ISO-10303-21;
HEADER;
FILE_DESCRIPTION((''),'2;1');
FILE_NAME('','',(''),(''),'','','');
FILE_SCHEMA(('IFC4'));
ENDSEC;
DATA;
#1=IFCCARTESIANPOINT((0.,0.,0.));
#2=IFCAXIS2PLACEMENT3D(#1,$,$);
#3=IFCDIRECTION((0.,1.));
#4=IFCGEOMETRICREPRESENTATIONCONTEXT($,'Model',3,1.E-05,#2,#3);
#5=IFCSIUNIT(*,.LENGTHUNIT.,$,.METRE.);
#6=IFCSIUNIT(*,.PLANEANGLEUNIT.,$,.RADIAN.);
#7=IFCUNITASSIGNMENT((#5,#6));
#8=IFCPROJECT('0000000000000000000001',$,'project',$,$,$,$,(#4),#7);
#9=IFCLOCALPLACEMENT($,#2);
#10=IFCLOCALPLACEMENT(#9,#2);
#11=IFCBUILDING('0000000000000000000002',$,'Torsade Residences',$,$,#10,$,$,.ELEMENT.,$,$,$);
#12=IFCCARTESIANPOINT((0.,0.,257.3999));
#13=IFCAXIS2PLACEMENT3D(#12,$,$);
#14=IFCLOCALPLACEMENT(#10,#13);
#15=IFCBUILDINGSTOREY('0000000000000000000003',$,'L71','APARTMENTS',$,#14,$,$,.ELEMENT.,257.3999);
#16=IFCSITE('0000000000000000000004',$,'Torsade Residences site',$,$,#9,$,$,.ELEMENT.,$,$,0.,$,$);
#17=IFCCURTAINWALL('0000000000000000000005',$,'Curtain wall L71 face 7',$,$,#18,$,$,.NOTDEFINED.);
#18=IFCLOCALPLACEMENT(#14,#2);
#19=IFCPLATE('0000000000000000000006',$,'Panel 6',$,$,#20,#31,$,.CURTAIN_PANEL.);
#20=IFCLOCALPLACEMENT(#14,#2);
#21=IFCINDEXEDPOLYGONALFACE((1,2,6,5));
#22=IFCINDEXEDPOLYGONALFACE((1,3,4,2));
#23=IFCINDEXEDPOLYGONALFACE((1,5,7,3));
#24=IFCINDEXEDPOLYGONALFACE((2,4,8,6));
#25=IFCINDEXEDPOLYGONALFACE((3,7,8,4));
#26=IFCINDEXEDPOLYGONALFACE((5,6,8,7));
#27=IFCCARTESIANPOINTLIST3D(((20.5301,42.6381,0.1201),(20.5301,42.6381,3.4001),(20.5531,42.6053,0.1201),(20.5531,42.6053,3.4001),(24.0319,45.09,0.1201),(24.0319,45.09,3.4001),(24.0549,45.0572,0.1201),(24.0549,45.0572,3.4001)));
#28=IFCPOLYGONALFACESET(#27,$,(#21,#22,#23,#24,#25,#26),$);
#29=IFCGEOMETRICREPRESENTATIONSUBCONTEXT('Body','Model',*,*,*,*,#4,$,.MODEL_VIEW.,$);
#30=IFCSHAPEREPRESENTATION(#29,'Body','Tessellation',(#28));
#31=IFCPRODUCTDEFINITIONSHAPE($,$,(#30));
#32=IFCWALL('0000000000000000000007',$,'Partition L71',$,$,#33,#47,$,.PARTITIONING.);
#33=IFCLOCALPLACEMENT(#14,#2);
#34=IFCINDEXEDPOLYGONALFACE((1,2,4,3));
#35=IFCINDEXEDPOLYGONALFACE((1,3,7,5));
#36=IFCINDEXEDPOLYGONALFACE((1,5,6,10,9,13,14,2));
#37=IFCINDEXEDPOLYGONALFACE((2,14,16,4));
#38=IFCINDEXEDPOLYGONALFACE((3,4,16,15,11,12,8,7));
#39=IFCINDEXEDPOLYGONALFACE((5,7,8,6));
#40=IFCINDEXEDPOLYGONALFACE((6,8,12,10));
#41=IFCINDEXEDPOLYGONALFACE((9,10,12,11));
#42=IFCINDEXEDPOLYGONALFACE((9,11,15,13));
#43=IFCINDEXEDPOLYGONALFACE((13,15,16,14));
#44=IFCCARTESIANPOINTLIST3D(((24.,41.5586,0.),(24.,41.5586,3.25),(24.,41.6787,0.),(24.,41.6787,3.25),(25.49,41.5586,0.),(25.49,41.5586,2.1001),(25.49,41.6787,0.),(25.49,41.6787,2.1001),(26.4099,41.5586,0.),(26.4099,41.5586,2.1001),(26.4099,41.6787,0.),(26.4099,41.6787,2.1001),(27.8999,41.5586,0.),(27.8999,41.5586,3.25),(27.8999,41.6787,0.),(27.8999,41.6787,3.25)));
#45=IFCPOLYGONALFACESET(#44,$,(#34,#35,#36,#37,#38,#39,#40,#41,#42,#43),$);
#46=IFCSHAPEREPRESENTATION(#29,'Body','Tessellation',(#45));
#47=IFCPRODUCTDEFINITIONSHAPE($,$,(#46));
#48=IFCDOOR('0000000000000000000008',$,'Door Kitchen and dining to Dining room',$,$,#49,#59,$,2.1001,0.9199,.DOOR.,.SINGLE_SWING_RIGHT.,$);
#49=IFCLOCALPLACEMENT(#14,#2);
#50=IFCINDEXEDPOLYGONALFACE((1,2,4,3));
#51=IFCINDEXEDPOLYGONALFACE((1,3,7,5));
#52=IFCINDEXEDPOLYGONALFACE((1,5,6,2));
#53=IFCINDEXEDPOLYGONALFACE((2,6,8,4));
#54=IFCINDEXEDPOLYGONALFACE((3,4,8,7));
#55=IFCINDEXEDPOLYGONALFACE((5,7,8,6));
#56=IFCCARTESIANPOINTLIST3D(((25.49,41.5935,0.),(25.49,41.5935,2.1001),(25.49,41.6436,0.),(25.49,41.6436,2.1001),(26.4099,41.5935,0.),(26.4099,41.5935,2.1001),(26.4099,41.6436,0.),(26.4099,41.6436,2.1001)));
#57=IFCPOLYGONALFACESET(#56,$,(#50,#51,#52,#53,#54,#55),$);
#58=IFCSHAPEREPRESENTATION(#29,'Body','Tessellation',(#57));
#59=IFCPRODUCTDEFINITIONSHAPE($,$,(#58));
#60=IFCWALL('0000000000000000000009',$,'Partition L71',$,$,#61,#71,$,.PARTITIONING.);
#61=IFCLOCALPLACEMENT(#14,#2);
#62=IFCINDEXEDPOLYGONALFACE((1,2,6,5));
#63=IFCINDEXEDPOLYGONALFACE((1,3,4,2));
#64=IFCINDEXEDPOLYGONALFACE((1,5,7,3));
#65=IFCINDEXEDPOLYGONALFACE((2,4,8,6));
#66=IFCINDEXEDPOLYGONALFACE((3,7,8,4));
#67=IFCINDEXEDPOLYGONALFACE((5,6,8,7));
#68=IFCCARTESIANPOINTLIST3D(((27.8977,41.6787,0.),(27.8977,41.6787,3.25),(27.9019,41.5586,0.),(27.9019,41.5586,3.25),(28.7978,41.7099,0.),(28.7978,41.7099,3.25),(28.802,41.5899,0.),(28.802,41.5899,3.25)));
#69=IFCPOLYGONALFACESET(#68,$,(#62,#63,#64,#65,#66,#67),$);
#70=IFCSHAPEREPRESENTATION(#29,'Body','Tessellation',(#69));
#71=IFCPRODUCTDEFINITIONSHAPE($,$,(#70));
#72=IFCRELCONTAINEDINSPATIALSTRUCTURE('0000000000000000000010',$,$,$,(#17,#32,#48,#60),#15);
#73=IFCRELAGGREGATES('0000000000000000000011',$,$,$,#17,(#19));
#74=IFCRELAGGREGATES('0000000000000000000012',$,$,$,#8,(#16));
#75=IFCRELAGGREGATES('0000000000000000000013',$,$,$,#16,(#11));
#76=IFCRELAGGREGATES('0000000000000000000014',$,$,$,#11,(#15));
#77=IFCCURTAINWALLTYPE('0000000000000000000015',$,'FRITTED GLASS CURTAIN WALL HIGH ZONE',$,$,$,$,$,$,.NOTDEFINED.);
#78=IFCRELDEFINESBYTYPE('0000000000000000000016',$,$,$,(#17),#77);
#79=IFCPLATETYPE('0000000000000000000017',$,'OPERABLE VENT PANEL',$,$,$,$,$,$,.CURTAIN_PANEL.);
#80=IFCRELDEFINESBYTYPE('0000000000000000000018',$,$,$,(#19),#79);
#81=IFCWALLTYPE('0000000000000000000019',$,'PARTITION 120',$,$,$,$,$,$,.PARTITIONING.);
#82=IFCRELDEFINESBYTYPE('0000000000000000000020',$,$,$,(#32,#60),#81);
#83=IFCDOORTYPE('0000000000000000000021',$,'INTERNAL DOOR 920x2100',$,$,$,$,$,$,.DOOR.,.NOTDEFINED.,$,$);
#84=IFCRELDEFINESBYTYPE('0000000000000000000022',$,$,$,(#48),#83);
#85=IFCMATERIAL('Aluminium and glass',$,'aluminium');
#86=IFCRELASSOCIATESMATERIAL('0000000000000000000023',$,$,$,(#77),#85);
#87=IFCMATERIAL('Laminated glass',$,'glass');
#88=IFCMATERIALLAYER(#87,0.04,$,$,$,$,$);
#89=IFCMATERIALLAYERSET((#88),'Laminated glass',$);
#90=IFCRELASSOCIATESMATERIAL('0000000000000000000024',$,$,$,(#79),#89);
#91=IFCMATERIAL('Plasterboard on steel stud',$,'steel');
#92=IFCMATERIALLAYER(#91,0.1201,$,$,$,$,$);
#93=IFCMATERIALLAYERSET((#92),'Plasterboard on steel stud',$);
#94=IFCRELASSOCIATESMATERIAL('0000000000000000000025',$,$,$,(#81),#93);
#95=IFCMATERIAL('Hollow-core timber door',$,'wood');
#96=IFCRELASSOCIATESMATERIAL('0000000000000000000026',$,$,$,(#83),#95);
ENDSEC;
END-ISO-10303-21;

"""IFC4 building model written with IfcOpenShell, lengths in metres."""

from ifc_helpers import new_model, si_unit, direction, frame, frame_2d, origin, origin_2d, place, context, subcontext, project, spatial, rectangle, extrude, material, layer, layer_set, type_object, element, fill, aggregate, save


model = new_model("IFC4")

# Units and contexts
model_context = context("Model", 3, precision=1e-05, world=origin(), true_north=direction((0.0, 1.0)))
body_context = subcontext(model_context, "Body", "Model", "MODEL_VIEW")
ifc_project = project(units=[si_unit("LENGTHUNIT", "METRE"), si_unit("PLANEANGLEUNIT", "RADIAN")], contexts=[model_context])

# Site, building, storey
site_placement = place(None, origin())
site = spatial("IfcSite", under=ifc_project, at=site_placement, Name="Torsade Residences site", CompositionType="ELEMENT", RefElevation=0.0)
building_placement = place(site_placement, origin())
building = spatial("IfcBuilding", under=site, at=building_placement, Name="Torsade Residences", CompositionType="ELEMENT")
storey_placement = place(building_placement, frame((0.0, 0.0, 257.3999)))
storey = spatial("IfcBuildingStorey", under=building, at=storey_placement, Name="L71", Description="APARTMENTS", CompositionType="ELEMENT", Elevation=257.3999)

# Curtain wall
ifc_material_1 = material(Name="Aluminium and glass", Category="aluminium")
curtain_wall_type = type_object("IfcCurtainWallType", Name="FRITTED GLASS CURTAIN WALL HIGH ZONE", PredefinedType="NOTDEFINED", material=ifc_material_1)
curtain_wall_placement = place(storey_placement, origin())
curtain_wall = element("IfcCurtainWall", 1, at=curtain_wall_placement, inside=storey, type_object=curtain_wall_type, Name="Curtain wall L71 face 7", PredefinedType="NOTDEFINED")

# Plate
ifc_material_2 = material(Name="Laminated glass", Category="glass")
ifc_layer_1 = layer(ifc_material_2, 0.04)
ifc_layer_set_1 = layer_set([ifc_layer_1], Name="Laminated glass")
plate_type_1 = type_object("IfcPlateType", Name="OPERABLE VENT PANEL", PredefinedType="CURTAIN_PANEL", material=ifc_layer_set_1)
plate_1_placement = place(storey_placement, frame((22.2925, 43.8477, 0.1201), z_axis=(0.0, 0.0, 1.0), x_axis=(-0.819152, -0.573576, 0.0)))
plate_1 = element("IfcPlate", 2, at=plate_1_placement, type_object=plate_type_1, Name="Panel 6", PredefinedType="CURTAIN_PANEL", context=body_context, shape_type="SweptSolid", body=[
    extrude(rectangle(XDim=4.2749, YDim=0.04, at=origin_2d()), origin(), (0.0, 0.0, 1.0), 3.28),
])
aggregate(curtain_wall, [plate_1])

# Wall, opening, door
ifc_material_3 = material(Name="Plasterboard on steel stud", Category="steel")
ifc_layer_2 = layer(ifc_material_3, 0.1201)
ifc_layer_set_2 = layer_set([ifc_layer_2], Name="Plasterboard on steel stud")
wall_type = type_object("IfcWallType", Name="PARTITION 120", PredefinedType="PARTITIONING", material=ifc_layer_set_2)
wall_1_placement = place(storey_placement, frame((24.0, 41.6187, 0.0), z_axis=(0.0, 0.0, 1.0), x_axis=(1.0, 0.0, 0.0)))
wall_1 = element("IfcWall", 3, at=wall_1_placement, inside=storey, type_object=wall_type, Name="Partition L71", PredefinedType="PARTITIONING", context=body_context, shape_type="SweptSolid", body=[
    extrude(rectangle(XDim=3.8999, YDim=0.1201, at=frame_2d((1.95, 0.0))), origin(), (0.0, 0.0, 1.0), 3.25),
])
opening_placement = place(wall_1_placement, frame((1.49, 0.0, 0.0)))
opening = element("IfcOpeningElement", 4, at=opening_placement, cuts=wall_1, PredefinedType="OPENING", context=body_context, shape_type="SweptSolid", body=[
    extrude(rectangle(XDim=0.9199, YDim=2.1001, at=frame_2d((0.46, 1.05))), frame((0.0, 0.0701, 0.0), z_axis=(0.0, -1.0, 0.0), x_axis=(1.0, 0.0, 0.0)), (0.0, 0.0, 1.0), 0.1401),
])
ifc_material_4 = material(Name="Hollow-core timber door", Category="wood")
door_type = type_object("IfcDoorType", Name="INTERNAL DOOR 920x2100", OperationType="NOTDEFINED", PredefinedType="DOOR", material=ifc_material_4)
door_placement = place(opening_placement, origin())
door = element("IfcDoor", 5, at=door_placement, inside=storey, type_object=door_type, Name="Door Kitchen and dining to Dining room", OperationType="SINGLE_SWING_RIGHT", OverallHeight=2.1001, OverallWidth=0.9199, PredefinedType="DOOR", context=body_context, shape_type="SweptSolid", body=[
    extrude(rectangle(XDim=0.9199, YDim=2.1001, at=frame_2d((0.46, 1.05))), frame((0.0, 0.0249, 0.0), z_axis=(0.0, -1.0, 0.0), x_axis=(1.0, 0.0, 0.0)), (0.0, 0.0, 1.0), 0.05),
])
fill(opening, door)

# Wall
wall_2_placement = place(storey_placement, frame((27.8999, 41.6187, 0.0), z_axis=(0.0, 0.0, 1.0), x_axis=(0.999398, 0.034696, 0.0)))
element("IfcWall", 6, at=wall_2_placement, inside=storey, type_object=wall_type, Name="Partition L71", PredefinedType="PARTITIONING", context=body_context, shape_type="SweptSolid", body=[
    extrude(rectangle(XDim=0.9006, YDim=0.1201, at=frame_2d((0.4502, 0.0))), origin(), (0.0, 0.0, 1.0), 3.25),
])

save(model, "model.ifc")
